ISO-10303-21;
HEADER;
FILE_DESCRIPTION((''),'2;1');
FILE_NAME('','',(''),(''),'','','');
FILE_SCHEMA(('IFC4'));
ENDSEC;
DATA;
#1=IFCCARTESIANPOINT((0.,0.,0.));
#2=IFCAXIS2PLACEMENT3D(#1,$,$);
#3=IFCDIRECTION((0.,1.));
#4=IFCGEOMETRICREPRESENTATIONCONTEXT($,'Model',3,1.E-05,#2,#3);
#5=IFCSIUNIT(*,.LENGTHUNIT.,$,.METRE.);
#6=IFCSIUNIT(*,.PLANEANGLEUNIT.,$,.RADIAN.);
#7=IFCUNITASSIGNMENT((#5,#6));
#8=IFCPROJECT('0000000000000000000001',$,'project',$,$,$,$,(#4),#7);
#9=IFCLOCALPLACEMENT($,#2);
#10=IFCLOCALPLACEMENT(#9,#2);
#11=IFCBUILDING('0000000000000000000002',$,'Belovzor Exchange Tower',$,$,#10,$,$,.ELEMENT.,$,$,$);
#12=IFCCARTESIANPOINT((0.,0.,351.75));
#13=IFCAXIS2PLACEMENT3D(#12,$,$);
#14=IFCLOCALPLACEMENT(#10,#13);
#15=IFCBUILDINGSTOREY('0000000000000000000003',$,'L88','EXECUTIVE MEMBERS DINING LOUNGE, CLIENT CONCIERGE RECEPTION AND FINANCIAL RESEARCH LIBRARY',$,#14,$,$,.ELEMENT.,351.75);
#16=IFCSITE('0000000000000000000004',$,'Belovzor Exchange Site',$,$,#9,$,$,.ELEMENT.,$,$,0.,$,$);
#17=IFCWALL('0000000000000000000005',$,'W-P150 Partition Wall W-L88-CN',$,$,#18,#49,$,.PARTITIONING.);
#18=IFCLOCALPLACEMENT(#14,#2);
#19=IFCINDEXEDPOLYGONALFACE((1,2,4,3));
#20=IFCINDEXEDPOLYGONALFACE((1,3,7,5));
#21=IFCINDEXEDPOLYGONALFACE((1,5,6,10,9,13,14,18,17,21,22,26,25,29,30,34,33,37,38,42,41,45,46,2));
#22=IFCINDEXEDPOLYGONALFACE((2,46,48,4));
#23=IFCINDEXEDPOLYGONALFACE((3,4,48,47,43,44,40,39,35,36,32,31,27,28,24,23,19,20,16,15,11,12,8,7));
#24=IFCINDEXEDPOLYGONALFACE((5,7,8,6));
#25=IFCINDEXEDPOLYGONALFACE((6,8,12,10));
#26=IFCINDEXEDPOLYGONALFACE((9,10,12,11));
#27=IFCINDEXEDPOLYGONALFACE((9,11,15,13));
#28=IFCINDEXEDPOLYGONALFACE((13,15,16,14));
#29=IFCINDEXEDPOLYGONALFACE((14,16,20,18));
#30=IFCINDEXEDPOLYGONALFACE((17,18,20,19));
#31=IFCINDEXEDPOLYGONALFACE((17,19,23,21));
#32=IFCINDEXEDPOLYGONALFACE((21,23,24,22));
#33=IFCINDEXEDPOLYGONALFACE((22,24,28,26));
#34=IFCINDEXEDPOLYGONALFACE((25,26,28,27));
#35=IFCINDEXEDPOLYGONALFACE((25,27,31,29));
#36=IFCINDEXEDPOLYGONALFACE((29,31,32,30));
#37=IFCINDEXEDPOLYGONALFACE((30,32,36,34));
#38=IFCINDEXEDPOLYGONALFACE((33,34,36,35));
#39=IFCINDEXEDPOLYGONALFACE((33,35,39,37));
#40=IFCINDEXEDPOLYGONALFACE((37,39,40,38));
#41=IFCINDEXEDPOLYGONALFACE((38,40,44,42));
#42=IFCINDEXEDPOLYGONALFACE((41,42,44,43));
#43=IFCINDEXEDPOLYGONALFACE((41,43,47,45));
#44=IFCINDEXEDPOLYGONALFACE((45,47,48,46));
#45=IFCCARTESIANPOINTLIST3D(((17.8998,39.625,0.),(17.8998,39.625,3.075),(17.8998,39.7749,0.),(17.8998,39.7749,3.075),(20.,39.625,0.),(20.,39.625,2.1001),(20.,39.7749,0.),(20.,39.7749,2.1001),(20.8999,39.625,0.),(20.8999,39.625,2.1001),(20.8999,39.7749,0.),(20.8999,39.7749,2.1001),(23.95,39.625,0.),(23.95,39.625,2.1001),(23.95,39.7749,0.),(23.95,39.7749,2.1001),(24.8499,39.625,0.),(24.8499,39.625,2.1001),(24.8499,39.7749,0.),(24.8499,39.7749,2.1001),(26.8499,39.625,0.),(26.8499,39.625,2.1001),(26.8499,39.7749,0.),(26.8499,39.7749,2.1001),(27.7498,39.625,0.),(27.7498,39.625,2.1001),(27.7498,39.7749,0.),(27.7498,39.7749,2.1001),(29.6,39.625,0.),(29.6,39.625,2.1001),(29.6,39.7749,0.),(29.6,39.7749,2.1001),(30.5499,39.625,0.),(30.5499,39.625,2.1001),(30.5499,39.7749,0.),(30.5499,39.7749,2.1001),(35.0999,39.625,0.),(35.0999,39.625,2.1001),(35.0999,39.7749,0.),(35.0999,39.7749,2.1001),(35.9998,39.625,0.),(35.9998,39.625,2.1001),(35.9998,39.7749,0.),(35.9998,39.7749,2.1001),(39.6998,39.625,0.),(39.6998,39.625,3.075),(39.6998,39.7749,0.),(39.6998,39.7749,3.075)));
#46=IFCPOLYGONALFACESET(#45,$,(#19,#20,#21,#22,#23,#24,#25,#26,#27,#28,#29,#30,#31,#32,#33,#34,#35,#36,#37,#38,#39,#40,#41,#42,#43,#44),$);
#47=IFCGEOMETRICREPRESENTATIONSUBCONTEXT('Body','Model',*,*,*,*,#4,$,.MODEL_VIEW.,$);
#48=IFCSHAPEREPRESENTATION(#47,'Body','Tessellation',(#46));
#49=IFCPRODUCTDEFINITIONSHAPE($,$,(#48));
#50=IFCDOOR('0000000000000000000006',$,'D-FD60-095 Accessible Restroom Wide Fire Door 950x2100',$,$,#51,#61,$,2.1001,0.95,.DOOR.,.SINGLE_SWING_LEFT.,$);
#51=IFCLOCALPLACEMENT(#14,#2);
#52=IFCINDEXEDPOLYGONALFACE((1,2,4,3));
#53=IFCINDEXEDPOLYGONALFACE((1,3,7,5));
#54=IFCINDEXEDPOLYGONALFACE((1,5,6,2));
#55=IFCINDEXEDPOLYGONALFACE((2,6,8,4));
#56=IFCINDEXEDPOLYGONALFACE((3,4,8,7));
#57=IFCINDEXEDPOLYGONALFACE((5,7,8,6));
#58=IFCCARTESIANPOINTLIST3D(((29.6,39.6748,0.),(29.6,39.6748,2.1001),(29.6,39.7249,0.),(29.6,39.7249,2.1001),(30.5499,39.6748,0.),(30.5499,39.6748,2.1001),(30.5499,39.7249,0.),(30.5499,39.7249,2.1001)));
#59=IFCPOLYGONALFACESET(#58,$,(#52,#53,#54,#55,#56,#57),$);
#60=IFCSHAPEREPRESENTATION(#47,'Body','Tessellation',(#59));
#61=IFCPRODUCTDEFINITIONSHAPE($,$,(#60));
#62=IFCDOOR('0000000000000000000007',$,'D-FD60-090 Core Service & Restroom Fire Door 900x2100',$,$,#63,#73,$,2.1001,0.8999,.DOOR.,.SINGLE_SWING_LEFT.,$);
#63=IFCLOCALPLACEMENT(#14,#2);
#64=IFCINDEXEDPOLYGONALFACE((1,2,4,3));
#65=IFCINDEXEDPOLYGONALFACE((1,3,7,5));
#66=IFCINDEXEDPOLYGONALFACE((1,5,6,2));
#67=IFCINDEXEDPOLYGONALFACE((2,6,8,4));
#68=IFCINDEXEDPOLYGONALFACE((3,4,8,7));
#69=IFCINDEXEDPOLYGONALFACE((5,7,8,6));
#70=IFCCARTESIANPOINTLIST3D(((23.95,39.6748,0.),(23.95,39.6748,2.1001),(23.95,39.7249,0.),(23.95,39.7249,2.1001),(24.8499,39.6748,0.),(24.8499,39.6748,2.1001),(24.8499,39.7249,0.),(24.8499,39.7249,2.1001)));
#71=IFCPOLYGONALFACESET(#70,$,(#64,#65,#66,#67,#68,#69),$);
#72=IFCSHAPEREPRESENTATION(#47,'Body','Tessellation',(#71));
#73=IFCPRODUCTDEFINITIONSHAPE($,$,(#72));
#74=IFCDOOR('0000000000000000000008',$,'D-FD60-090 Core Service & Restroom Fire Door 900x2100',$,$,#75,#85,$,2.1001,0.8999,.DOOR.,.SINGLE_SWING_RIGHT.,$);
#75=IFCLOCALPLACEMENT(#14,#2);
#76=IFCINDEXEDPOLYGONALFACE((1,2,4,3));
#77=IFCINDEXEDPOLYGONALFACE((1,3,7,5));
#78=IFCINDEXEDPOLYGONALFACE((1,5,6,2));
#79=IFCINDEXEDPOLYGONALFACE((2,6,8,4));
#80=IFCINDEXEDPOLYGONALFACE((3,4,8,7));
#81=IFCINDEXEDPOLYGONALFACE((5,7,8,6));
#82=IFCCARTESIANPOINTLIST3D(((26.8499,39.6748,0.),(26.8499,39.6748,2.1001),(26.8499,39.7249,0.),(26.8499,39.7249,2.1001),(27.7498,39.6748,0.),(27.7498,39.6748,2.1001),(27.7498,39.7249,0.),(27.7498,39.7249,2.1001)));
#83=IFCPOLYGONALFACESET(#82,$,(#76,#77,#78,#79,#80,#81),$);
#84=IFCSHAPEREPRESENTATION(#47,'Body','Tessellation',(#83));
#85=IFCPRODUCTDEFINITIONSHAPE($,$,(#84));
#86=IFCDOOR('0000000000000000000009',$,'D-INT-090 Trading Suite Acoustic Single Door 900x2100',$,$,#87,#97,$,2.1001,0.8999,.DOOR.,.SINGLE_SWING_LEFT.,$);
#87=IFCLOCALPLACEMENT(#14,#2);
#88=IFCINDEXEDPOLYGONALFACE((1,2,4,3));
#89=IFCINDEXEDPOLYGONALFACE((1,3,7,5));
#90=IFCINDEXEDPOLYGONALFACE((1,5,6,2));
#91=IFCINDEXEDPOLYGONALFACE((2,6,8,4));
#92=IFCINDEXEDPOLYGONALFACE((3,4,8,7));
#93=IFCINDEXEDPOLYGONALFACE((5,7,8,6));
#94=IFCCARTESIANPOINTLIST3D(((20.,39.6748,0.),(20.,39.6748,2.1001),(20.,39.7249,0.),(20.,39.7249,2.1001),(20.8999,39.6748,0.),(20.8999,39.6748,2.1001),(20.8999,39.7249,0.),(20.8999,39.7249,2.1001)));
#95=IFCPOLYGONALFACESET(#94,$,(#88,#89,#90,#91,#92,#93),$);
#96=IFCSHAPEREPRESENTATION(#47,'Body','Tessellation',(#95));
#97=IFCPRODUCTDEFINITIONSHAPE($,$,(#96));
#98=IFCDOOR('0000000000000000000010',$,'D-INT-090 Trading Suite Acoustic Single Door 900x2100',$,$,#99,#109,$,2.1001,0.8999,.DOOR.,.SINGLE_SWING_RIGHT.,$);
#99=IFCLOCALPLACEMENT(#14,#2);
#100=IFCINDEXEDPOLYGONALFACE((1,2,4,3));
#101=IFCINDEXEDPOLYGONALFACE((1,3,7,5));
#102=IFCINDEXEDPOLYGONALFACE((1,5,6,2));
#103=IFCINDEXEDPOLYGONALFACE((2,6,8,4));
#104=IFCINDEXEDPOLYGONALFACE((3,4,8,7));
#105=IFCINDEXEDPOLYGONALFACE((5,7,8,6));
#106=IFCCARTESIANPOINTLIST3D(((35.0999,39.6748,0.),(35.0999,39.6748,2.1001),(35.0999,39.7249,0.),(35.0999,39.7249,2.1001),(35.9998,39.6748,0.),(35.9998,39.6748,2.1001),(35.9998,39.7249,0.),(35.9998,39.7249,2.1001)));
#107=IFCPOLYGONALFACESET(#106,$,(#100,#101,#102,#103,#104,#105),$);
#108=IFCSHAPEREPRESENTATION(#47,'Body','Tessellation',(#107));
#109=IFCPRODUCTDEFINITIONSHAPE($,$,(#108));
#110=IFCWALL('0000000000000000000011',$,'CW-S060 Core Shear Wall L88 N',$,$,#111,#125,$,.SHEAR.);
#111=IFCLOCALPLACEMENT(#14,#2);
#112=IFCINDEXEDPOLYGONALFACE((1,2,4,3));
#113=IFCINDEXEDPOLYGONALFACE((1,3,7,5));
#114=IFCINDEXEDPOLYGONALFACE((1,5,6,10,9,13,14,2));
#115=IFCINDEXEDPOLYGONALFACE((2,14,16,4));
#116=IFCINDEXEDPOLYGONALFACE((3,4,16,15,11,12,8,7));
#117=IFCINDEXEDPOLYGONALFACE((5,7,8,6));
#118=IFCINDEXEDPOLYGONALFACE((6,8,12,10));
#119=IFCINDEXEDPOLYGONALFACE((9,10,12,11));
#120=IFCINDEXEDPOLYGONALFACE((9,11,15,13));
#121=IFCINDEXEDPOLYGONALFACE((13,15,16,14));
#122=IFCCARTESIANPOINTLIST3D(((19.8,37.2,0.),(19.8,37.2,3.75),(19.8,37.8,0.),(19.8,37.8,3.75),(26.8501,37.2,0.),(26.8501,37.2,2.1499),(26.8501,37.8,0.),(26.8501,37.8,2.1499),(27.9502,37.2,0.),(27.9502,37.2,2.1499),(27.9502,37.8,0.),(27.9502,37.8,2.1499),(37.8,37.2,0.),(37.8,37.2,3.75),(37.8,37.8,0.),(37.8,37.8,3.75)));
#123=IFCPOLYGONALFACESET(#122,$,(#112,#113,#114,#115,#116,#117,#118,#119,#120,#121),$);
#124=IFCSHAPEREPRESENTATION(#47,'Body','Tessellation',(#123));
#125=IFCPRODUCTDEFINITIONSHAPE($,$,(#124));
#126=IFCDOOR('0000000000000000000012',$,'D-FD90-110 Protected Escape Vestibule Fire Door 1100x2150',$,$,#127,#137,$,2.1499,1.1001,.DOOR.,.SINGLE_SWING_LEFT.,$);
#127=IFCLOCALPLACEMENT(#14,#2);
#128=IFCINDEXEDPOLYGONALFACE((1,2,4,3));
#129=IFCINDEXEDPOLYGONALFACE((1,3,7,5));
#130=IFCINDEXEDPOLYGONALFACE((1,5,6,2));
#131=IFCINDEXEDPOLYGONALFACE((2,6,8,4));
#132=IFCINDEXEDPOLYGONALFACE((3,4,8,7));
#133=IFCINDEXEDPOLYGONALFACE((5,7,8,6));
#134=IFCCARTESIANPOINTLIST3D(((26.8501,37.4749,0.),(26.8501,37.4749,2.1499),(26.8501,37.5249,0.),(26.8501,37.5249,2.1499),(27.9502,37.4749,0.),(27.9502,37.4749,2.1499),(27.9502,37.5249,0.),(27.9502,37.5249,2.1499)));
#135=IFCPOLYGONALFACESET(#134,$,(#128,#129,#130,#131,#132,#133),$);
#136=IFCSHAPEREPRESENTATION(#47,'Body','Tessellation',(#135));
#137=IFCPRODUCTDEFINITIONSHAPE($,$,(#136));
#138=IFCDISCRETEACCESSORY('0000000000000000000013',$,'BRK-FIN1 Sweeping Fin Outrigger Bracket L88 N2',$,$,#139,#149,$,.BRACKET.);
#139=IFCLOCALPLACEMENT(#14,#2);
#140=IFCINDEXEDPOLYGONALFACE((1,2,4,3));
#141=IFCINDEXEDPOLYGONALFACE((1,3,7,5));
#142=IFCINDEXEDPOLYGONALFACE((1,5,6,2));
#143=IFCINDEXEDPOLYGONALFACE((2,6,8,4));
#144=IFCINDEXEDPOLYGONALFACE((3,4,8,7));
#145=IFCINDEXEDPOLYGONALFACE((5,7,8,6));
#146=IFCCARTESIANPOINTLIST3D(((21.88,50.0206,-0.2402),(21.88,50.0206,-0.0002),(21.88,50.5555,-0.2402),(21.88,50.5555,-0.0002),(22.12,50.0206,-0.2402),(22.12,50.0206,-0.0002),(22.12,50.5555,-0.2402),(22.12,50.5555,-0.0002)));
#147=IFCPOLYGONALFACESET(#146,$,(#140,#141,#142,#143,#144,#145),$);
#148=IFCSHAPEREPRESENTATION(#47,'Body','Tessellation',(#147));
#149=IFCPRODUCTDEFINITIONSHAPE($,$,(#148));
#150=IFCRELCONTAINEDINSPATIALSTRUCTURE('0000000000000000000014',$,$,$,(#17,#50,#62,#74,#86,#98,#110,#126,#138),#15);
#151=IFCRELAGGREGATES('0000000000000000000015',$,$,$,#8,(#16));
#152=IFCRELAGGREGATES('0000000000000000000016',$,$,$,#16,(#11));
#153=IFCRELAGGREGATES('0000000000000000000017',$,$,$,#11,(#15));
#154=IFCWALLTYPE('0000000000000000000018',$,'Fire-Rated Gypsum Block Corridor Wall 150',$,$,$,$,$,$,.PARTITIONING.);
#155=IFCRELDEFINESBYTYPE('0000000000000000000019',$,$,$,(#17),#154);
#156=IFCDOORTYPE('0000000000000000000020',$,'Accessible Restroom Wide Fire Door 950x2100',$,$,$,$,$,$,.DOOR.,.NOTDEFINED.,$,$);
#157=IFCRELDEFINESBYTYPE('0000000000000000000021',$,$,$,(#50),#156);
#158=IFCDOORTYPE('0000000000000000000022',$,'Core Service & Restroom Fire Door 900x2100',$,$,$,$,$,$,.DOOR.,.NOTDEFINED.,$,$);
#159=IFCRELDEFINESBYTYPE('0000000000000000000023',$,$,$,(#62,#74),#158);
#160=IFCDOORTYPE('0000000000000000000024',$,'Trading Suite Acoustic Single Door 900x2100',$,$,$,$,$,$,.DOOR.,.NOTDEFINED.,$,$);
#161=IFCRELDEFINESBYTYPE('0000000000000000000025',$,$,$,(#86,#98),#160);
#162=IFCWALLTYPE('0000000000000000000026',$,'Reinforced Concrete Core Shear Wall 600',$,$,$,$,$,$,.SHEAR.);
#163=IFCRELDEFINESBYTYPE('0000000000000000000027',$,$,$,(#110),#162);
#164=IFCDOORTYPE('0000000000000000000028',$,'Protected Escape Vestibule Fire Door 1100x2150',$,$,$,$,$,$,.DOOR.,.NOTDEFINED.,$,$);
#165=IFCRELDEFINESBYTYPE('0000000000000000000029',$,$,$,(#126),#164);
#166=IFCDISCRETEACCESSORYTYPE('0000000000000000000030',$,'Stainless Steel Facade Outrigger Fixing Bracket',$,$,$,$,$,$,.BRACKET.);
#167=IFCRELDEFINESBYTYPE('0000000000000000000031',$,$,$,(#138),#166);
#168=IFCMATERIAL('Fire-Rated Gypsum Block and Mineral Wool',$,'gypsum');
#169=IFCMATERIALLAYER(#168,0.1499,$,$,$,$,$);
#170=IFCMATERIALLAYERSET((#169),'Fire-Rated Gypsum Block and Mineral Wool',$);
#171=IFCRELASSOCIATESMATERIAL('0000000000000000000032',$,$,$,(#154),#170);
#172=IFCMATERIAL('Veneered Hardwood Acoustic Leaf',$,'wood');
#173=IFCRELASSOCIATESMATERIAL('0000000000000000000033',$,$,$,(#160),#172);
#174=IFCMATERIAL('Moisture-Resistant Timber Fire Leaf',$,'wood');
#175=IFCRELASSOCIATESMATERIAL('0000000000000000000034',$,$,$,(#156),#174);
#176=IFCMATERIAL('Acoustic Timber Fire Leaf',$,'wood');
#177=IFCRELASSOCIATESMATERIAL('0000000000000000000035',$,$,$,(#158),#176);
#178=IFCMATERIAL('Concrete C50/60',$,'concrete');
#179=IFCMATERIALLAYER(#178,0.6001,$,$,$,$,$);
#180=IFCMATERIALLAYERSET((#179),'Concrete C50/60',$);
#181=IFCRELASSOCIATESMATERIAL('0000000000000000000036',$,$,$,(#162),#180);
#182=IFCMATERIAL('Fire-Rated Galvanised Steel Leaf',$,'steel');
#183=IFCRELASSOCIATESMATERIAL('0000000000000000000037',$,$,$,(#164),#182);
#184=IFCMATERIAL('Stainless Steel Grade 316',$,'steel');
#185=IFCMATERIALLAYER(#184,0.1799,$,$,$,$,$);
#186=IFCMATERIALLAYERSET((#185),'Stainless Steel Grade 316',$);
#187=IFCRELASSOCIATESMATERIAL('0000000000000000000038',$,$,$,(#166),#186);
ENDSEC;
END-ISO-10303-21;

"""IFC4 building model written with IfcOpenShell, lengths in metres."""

from ifc_helpers import new_model, si_unit, direction, frame, frame_2d, origin, origin_2d, place, context, subcontext, project, spatial, rectangle, extrude, material, layer, layer_set, type_object, element, fill, save


model = new_model("IFC4")

# Units and contexts
model_context = context("Model", 3, precision=1e-05, world=origin(), true_north=direction((0.0, 1.0)))
body_context = subcontext(model_context, "Body", "Model", "MODEL_VIEW")
ifc_project = project(units=[si_unit("LENGTHUNIT", "METRE"), si_unit("PLANEANGLEUNIT", "RADIAN")], contexts=[model_context])

# Site, building, storey
site_placement = place(None, origin())
site = spatial("IfcSite", under=ifc_project, at=site_placement, Name="Belovzor Exchange Site", CompositionType="ELEMENT", RefElevation=0.0)
building_placement = place(site_placement, origin())
building = spatial("IfcBuilding", under=site, at=building_placement, Name="Belovzor Exchange Tower", CompositionType="ELEMENT")
storey_placement = place(building_placement, frame((0.0, 0.0, 351.75)))
storey = spatial("IfcBuildingStorey", under=building, at=storey_placement, Name="L88", Description="EXECUTIVE MEMBERS DINING LOUNGE, CLIENT CONCIERGE RECEPTION AND FINANCIAL RESEARCH LIBRARY", CompositionType="ELEMENT", Elevation=351.75)

# Shared definitions
ifc_material_1 = material(Name="Fire-Rated Gypsum Block and Mineral Wool", Category="gypsum")
ifc_layer_1 = layer(ifc_material_1, 0.1499)
ifc_layer_set_1 = layer_set([ifc_layer_1], Name="Fire-Rated Gypsum Block and Mineral Wool")
wall_type_1 = type_object("IfcWallType", Name="Fire-Rated Gypsum Block Corridor Wall 150", PredefinedType="PARTITIONING", material=ifc_layer_set_1)

# Shared definitions
ifc_material_2 = material(Name="Veneered Hardwood Acoustic Leaf", Category="wood")
door_type_1 = type_object("IfcDoorType", Name="Trading Suite Acoustic Single Door 900x2100", OperationType="NOTDEFINED", PredefinedType="DOOR", material=ifc_material_2)

# Wall, openings, doors
wall_1_placement = place(storey_placement, frame((17.8999, 39.7, 0.0), z_axis=(0.0, 0.0, 1.0), x_axis=(1.0, 0.0, 0.0)))
wall_1 = element("IfcWall", 1, at=wall_1_placement, inside=storey, type_object=wall_type_1, Name="W-P150 Partition Wall W-L88-CN", PredefinedType="PARTITIONING", context=body_context, shape_type="SweptSolid", body=[
    extrude(rectangle(XDim=21.8, YDim=0.1499, at=frame_2d((10.8999, 0.0))), origin(), (0.0, 0.0, 1.0), 3.075),
])
opening_1_placement = place(wall_1_placement, frame((2.1001, 0.0, 0.0)))
opening_1 = element("IfcOpeningElement", 2, at=opening_1_placement, cuts=wall_1, PredefinedType="OPENING", context=body_context, shape_type="SweptSolid", body=[
    extrude(rectangle(XDim=0.8999, YDim=2.1001, at=frame_2d((0.45, 1.05))), frame((0.0, 0.085, 0.0), z_axis=(0.0, -1.0, 0.0), x_axis=(1.0, 0.0, 0.0)), (0.0, 0.0, 1.0), 0.1699),
])
opening_2_placement = place(wall_1_placement, frame((6.05, 0.0, 0.0)))
opening_2 = element("IfcOpeningElement", 3, at=opening_2_placement, cuts=wall_1, PredefinedType="OPENING", context=body_context, shape_type="SweptSolid", body=[
    extrude(rectangle(XDim=0.8999, YDim=2.1001, at=frame_2d((0.45, 1.05))), frame((0.0, 0.085, 0.0), z_axis=(0.0, -1.0, 0.0), x_axis=(1.0, 0.0, 0.0)), (0.0, 0.0, 1.0), 0.1699),
])
opening_3_placement = place(wall_1_placement, frame((8.95, 0.0, 0.0)))
opening_3 = element("IfcOpeningElement", 4, at=opening_3_placement, cuts=wall_1, PredefinedType="OPENING", context=body_context, shape_type="SweptSolid", body=[
    extrude(rectangle(XDim=0.8999, YDim=2.1001, at=frame_2d((0.45, 1.05))), frame((0.0, 0.085, 0.0), z_axis=(0.0, -1.0, 0.0), x_axis=(1.0, 0.0, 0.0)), (0.0, 0.0, 1.0), 0.1699),
])
opening_4_placement = place(wall_1_placement, frame((11.7, 0.0, 0.0)))
opening_4 = element("IfcOpeningElement", 5, at=opening_4_placement, cuts=wall_1, PredefinedType="OPENING", context=body_context, shape_type="SweptSolid", body=[
    extrude(rectangle(XDim=0.95, YDim=2.1001, at=frame_2d((0.4751, 1.05))), frame((0.0, 0.085, 0.0), z_axis=(0.0, -1.0, 0.0), x_axis=(1.0, 0.0, 0.0)), (0.0, 0.0, 1.0), 0.1699),
])
opening_5_placement = place(wall_1_placement, frame((17.2, 0.0, 0.0)))
opening_5 = element("IfcOpeningElement", 6, at=opening_5_placement, cuts=wall_1, PredefinedType="OPENING", context=body_context, shape_type="SweptSolid", body=[
    extrude(rectangle(XDim=0.8999, YDim=2.1001, at=frame_2d((0.45, 1.05))), frame((0.0, 0.085, 0.0), z_axis=(0.0, -1.0, 0.0), x_axis=(1.0, 0.0, 0.0)), (0.0, 0.0, 1.0), 0.1699),
])
ifc_material_3 = material(Name="Moisture-Resistant Timber Fire Leaf", Category="wood")
door_type_2 = type_object("IfcDoorType", Name="Accessible Restroom Wide Fire Door 950x2100", OperationType="NOTDEFINED", PredefinedType="DOOR", material=ifc_material_3)
door_1_placement = place(opening_4_placement, origin())
door_1 = element("IfcDoor", 7, at=door_1_placement, inside=storey, type_object=door_type_2, Name="D-FD60-095 Accessible Restroom Wide Fire Door 950x2100", OperationType="SINGLE_SWING_LEFT", OverallHeight=2.1001, OverallWidth=0.95, PredefinedType="DOOR", context=body_context, shape_type="SweptSolid", body=[
    extrude(rectangle(XDim=0.95, YDim=2.1001, at=frame_2d((0.4751, 1.05))), frame((0.0, 0.0249, 0.0), z_axis=(0.0, -1.0, 0.0), x_axis=(1.0, 0.0, 0.0)), (0.0, 0.0, 1.0), 0.05),
])
fill(opening_4, door_1)
ifc_material_4 = material(Name="Acoustic Timber Fire Leaf", Category="wood")
door_type_3 = type_object("IfcDoorType", Name="Core Service & Restroom Fire Door 900x2100", OperationType="NOTDEFINED", PredefinedType="DOOR", material=ifc_material_4)
door_2_placement = place(opening_2_placement, origin())
door_2 = element("IfcDoor", 8, at=door_2_placement, inside=storey, type_object=door_type_3, Name="D-FD60-090 Core Service & Restroom Fire Door 900x2100", OperationType="SINGLE_SWING_LEFT", OverallHeight=2.1001, OverallWidth=0.8999, PredefinedType="DOOR", context=body_context, shape_type="SweptSolid", body=[
    extrude(rectangle(XDim=0.8999, YDim=2.1001, at=frame_2d((0.45, 1.05))), frame((0.0, 0.0249, 0.0), z_axis=(0.0, -1.0, 0.0), x_axis=(1.0, 0.0, 0.0)), (0.0, 0.0, 1.0), 0.05),
])
fill(opening_2, door_2)
door_3_placement = place(opening_3_placement, origin())
door_3 = element("IfcDoor", 9, at=door_3_placement, inside=storey, type_object=door_type_3, Name="D-FD60-090 Core Service & Restroom Fire Door 900x2100", OperationType="SINGLE_SWING_RIGHT", OverallHeight=2.1001, OverallWidth=0.8999, PredefinedType="DOOR", context=body_context, shape_type="SweptSolid", body=[
    extrude(rectangle(XDim=0.8999, YDim=2.1001, at=frame_2d((0.45, 1.05))), frame((0.0, 0.0249, 0.0), z_axis=(0.0, -1.0, 0.0), x_axis=(1.0, 0.0, 0.0)), (0.0, 0.0, 1.0), 0.05),
])
fill(opening_3, door_3)
door_4_placement = place(opening_1_placement, origin())
door_4 = element("IfcDoor", 10, at=door_4_placement, inside=storey, type_object=door_type_1, Name="D-INT-090 Trading Suite Acoustic Single Door 900x2100", OperationType="SINGLE_SWING_LEFT", OverallHeight=2.1001, OverallWidth=0.8999, PredefinedType="DOOR", context=body_context, shape_type="SweptSolid", body=[
    extrude(rectangle(XDim=0.8999, YDim=2.1001, at=frame_2d((0.45, 1.05))), frame((0.0, 0.0249, 0.0), z_axis=(0.0, -1.0, 0.0), x_axis=(1.0, 0.0, 0.0)), (0.0, 0.0, 1.0), 0.05),
])
fill(opening_1, door_4)
door_5_placement = place(opening_5_placement, origin())
door_5 = element("IfcDoor", 11, at=door_5_placement, inside=storey, type_object=door_type_1, Name="D-INT-090 Trading Suite Acoustic Single Door 900x2100", OperationType="SINGLE_SWING_RIGHT", OverallHeight=2.1001, OverallWidth=0.8999, PredefinedType="DOOR", context=body_context, shape_type="SweptSolid", body=[
    extrude(rectangle(XDim=0.8999, YDim=2.1001, at=frame_2d((0.45, 1.05))), frame((0.0, 0.0249, 0.0), z_axis=(0.0, -1.0, 0.0), x_axis=(1.0, 0.0, 0.0)), (0.0, 0.0, 1.0), 0.05),
])
fill(opening_5, door_5)

# Wall, opening, door
ifc_material_5 = material(Name="Concrete C50/60", Category="concrete")
ifc_layer_2 = layer(ifc_material_5, 0.6001)
ifc_layer_set_2 = layer_set([ifc_layer_2], Name="Concrete C50/60")
wall_type_2 = type_object("IfcWallType", Name="Reinforced Concrete Core Shear Wall 600", PredefinedType="SHEAR", material=ifc_layer_set_2)
wall_2_placement = place(storey_placement, frame((19.8, 37.5, 0.0), z_axis=(0.0, 0.0, 1.0), x_axis=(1.0, 0.0, 0.0)))
wall_2 = element("IfcWall", 12, at=wall_2_placement, inside=storey, type_object=wall_type_2, Name="CW-S060 Core Shear Wall L88 N", PredefinedType="SHEAR", context=body_context, shape_type="SweptSolid", body=[
    extrude(rectangle(XDim=18.0, YDim=0.6001, at=frame_2d((9.0, 0.0))), origin(), (0.0, 0.0, 1.0), 3.75),
])
opening_6_placement = place(wall_2_placement, frame((7.05, 0.0, 0.0)))
opening_6 = element("IfcOpeningElement", 13, at=opening_6_placement, cuts=wall_2, PredefinedType="OPENING", context=body_context, shape_type="SweptSolid", body=[
    extrude(rectangle(XDim=1.1001, YDim=2.1499, at=frame_2d((0.55, 1.075))), frame((0.0, 0.3101, 0.0), z_axis=(0.0, -1.0, 0.0), x_axis=(1.0, 0.0, 0.0)), (0.0, 0.0, 1.0), 0.6201),
])
ifc_material_6 = material(Name="Fire-Rated Galvanised Steel Leaf", Category="steel")
door_type_4 = type_object("IfcDoorType", Name="Protected Escape Vestibule Fire Door 1100x2150", OperationType="NOTDEFINED", PredefinedType="DOOR", material=ifc_material_6)
door_6_placement = place(opening_6_placement, origin())
door_6 = element("IfcDoor", 14, at=door_6_placement, inside=storey, type_object=door_type_4, Name="D-FD90-110 Protected Escape Vestibule Fire Door 1100x2150", OperationType="SINGLE_SWING_LEFT", OverallHeight=2.1499, OverallWidth=1.1001, PredefinedType="DOOR", context=body_context, shape_type="SweptSolid", body=[
    extrude(rectangle(XDim=1.1001, YDim=2.1499, at=frame_2d((0.55, 1.075))), frame((0.0, 0.0249, 0.0), z_axis=(0.0, -1.0, 0.0), x_axis=(1.0, 0.0, 0.0)), (0.0, 0.0, 1.0), 0.05),
])
fill(opening_6, door_6)

# Discrete accessory
ifc_material_7 = material(Name="Stainless Steel Grade 316", Category="steel")
ifc_layer_3 = layer(ifc_material_7, 0.1799)
ifc_layer_set_3 = layer_set([ifc_layer_3], Name="Stainless Steel Grade 316")
discrete_accessory_type = type_object("IfcDiscreteAccessoryType", Name="Stainless Steel Facade Outrigger Fixing Bracket", PredefinedType="BRACKET", material=ifc_layer_set_3)
discrete_accessory_placement = place(storey_placement, frame((22.0, 50.2881, -0.2402), z_axis=(0.0, 0.0, 1.0), x_axis=(0.0, 1.0, 0.0)))
element("IfcDiscreteAccessory", 15, at=discrete_accessory_placement, inside=storey, type_object=discrete_accessory_type, Name="BRK-FIN1 Sweeping Fin Outrigger Bracket L88 N2", PredefinedType="BRACKET", context=body_context, shape_type="SweptSolid", body=[
    extrude(rectangle(XDim=0.5349, YDim=0.24, at=origin_2d()), origin(), (0.0, 0.0, 1.0), 0.24),
])

save(model, "model.ifc")
